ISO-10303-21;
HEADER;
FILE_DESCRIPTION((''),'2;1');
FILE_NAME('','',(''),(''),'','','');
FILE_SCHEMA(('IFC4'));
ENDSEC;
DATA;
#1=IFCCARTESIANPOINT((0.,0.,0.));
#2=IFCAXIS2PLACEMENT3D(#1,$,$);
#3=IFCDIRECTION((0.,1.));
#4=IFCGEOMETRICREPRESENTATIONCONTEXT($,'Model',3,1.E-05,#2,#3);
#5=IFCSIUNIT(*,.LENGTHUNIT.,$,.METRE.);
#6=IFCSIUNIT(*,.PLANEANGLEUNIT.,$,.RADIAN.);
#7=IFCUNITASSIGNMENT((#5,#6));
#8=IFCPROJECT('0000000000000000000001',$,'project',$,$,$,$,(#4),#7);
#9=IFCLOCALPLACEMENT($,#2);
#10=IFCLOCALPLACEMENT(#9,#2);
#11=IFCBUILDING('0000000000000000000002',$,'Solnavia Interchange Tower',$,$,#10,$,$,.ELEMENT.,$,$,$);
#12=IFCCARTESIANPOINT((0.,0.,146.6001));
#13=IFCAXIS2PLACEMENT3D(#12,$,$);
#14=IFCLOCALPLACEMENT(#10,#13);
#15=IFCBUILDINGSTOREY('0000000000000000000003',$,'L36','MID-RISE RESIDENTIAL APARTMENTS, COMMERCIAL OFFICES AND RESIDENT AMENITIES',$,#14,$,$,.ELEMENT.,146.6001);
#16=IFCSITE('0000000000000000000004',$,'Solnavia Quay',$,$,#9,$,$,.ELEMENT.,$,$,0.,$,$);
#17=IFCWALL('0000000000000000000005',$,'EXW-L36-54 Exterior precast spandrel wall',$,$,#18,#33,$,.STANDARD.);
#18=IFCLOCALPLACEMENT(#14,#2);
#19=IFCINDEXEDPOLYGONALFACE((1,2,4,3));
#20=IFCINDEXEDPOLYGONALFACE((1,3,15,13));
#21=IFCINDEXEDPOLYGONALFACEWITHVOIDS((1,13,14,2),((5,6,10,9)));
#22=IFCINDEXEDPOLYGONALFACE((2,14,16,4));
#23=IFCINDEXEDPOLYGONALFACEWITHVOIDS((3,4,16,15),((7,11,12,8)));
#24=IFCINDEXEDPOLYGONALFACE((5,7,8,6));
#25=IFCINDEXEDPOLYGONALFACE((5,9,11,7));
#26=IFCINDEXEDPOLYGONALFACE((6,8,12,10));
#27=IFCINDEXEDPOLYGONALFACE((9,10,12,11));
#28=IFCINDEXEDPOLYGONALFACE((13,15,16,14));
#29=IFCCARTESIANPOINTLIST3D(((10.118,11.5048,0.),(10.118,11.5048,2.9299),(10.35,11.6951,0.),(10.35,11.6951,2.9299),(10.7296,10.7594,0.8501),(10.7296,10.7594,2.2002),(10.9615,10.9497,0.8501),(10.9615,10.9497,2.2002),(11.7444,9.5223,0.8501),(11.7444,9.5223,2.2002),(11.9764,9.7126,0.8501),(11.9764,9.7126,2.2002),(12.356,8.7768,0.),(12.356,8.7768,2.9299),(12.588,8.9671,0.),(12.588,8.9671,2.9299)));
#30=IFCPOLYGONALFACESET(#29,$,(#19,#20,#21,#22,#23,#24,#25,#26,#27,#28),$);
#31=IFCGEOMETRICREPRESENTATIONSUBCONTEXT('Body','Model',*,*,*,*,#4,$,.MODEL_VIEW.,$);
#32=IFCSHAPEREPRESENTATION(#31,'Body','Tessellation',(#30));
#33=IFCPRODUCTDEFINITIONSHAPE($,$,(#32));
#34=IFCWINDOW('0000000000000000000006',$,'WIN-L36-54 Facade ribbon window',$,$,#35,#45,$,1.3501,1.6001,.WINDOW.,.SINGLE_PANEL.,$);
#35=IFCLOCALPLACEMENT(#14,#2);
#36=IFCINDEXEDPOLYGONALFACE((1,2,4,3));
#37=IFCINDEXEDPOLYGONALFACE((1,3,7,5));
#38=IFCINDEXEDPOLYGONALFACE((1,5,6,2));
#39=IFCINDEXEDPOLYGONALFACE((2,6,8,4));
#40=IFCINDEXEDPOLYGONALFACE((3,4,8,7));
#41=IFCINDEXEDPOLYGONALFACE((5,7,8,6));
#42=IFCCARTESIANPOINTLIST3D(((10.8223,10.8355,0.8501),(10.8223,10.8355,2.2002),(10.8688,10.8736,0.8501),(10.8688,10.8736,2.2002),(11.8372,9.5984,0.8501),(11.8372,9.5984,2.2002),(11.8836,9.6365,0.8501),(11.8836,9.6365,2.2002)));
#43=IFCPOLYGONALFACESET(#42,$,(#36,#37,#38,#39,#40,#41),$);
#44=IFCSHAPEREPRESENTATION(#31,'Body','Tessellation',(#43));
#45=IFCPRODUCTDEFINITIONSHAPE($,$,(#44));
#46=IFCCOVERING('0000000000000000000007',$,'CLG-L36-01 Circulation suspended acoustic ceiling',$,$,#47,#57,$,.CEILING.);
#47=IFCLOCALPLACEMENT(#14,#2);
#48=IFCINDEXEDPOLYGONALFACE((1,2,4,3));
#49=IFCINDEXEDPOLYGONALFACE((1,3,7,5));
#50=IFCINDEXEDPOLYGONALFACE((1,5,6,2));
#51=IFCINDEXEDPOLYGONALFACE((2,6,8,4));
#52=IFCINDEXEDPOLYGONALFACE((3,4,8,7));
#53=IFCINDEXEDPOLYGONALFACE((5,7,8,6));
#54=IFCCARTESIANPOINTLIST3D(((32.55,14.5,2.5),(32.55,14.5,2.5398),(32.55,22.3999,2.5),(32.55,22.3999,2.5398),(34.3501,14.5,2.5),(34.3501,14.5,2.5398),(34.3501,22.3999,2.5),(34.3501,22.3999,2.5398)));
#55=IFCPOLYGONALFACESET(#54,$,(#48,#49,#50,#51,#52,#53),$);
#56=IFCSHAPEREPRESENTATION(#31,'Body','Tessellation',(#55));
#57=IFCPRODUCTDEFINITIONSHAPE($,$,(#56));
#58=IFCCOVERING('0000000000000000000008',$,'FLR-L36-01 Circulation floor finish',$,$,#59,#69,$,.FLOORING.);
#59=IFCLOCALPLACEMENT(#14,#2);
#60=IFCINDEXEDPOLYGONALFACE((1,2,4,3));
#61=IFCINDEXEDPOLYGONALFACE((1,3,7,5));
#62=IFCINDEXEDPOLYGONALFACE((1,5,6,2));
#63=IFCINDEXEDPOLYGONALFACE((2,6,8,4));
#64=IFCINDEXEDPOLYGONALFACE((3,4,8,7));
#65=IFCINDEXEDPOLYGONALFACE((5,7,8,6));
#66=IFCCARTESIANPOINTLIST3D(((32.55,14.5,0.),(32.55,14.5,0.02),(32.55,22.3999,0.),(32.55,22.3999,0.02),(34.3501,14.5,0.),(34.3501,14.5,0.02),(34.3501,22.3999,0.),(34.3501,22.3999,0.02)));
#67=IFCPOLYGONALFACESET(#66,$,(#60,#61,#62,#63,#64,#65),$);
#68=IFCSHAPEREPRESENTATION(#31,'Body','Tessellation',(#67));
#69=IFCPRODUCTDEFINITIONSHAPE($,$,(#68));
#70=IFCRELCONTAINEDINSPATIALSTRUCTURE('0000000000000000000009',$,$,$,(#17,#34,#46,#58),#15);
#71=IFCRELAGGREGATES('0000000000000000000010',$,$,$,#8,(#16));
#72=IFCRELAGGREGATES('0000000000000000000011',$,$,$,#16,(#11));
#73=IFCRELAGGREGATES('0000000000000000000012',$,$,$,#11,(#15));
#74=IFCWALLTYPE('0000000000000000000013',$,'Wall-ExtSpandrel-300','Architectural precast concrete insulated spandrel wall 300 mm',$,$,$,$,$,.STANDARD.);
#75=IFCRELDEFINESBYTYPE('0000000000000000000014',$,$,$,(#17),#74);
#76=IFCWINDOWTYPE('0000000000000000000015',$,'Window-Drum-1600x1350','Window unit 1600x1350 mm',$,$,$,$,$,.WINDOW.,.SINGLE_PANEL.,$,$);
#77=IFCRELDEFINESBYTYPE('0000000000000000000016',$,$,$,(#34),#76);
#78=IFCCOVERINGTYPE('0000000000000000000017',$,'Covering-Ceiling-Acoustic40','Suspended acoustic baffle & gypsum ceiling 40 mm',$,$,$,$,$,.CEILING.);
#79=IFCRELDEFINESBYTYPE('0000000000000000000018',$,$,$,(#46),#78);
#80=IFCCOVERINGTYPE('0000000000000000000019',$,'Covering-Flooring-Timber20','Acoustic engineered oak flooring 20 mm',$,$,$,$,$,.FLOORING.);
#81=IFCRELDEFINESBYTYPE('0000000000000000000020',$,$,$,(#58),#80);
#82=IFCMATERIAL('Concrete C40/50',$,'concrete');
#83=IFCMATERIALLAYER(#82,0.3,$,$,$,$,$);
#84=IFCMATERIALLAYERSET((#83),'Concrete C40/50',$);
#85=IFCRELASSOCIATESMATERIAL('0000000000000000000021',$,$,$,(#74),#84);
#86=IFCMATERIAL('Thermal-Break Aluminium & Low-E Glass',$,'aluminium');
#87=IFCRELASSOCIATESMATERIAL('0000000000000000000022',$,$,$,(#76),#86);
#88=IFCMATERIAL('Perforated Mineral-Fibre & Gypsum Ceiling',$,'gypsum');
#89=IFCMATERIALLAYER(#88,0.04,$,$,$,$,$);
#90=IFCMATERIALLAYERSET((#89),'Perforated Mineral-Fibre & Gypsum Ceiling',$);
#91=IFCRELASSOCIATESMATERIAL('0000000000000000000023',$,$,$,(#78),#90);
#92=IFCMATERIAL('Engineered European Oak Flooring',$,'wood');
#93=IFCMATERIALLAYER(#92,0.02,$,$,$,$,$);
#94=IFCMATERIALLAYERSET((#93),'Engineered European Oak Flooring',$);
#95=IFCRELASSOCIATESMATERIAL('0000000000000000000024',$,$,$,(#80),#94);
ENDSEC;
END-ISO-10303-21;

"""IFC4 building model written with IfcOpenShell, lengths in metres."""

from ifc_helpers import new_model, si_unit, direction, frame, frame_2d, origin, place, context, subcontext, project, spatial, polyline, rectangle, outline, extrude, material, layer, layer_set, type_object, element, fill, save


model = new_model("IFC4")

# Units and contexts
model_context = context("Model", 3, precision=1e-05, world=origin(), true_north=direction((0.0, 1.0)))
body_context = subcontext(model_context, "Body", "Model", "MODEL_VIEW")
ifc_project = project(units=[si_unit("LENGTHUNIT", "METRE"), si_unit("PLANEANGLEUNIT", "RADIAN")], contexts=[model_context])

# Site, building, storey
site_placement = place(None, origin())
site = spatial("IfcSite", under=ifc_project, at=site_placement, Name="Solnavia Quay", CompositionType="ELEMENT", RefElevation=0.0)
building_placement = place(site_placement, origin())
building = spatial("IfcBuilding", under=site, at=building_placement, Name="Solnavia Interchange Tower", CompositionType="ELEMENT")
storey_placement = place(building_placement, frame((0.0, 0.0, 146.6001)))
storey = spatial("IfcBuildingStorey", under=building, at=storey_placement, Name="L36", Description="MID-RISE RESIDENTIAL APARTMENTS, COMMERCIAL OFFICES AND RESIDENT AMENITIES", CompositionType="ELEMENT", Elevation=146.6001)

# Shared definitions
ifc_material_1 = material(Name="Concrete C40/50", Category="concrete")

# Wall, opening, window
ifc_layer_1 = layer(ifc_material_1, 0.3)
ifc_layer_set_1 = layer_set([ifc_layer_1], Name="Concrete C40/50")
wall_type_1 = type_object("IfcWallType", Name="Wall-ExtSpandrel-300", Description="Architectural precast concrete insulated spandrel wall 300 mm", PredefinedType="STANDARD", material=ifc_layer_set_1)
wall_1_placement = place(storey_placement, frame((12.4719, 8.8721, 0.0), z_axis=(0.0, 0.0, 1.0), x_axis=(-0.634258, 0.773121, 0.0)))
wall_1 = element("IfcWall", 1, at=wall_1_placement, inside=storey, type_object=wall_type_1, Name="EXW-L36-54 Exterior precast spandrel wall", PredefinedType="STANDARD", context=body_context, shape_type="SweptSolid", body=[
    extrude(rectangle(XDim=3.5286, YDim=0.3, at=frame_2d((1.7642, 0.0))), origin(), (0.0, 0.0, 1.0), 2.9299),
])
opening_1_placement = place(wall_1_placement, frame((0.9641, 0.0, 0.8501)))
opening_1 = element("IfcOpeningElement", 2, at=opening_1_placement, cuts=wall_1, PredefinedType="OPENING", context=body_context, shape_type="SweptSolid", body=[
    extrude(rectangle(XDim=1.6001, YDim=1.3501, at=frame_2d((0.8, 0.675))), frame((0.0, 0.1602, 0.0), z_axis=(0.0, -1.0, 0.0), x_axis=(1.0, 0.0, 0.0)), (0.0, 0.0, 1.0), 0.3201),
])
ifc_material_2 = material(Name="Thermal-Break Aluminium & Low-E Glass", Category="aluminium")
window_type = type_object("IfcWindowType", Name="Window-Drum-1600x1350", Description="Window unit 1600x1350 mm", PartitioningType="SINGLE_PANEL", PredefinedType="WINDOW", material=ifc_material_2)
window_placement = place(opening_1_placement, origin())
window = element("IfcWindow", 3, at=window_placement, inside=storey, type_object=window_type, Name="WIN-L36-54 Facade ribbon window", OverallHeight=1.3501, OverallWidth=1.6001, PartitioningType="SINGLE_PANEL", PredefinedType="WINDOW", context=body_context, shape_type="SweptSolid", body=[
    extrude(rectangle(XDim=1.6001, YDim=1.3501, at=frame_2d((0.8, 0.675))), frame((0.0, 0.03, 0.0), z_axis=(0.0, -1.0, 0.0), x_axis=(1.0, 0.0, 0.0)), (0.0, 0.0, 1.0), 0.0601),
])
fill(opening_1, window)

# Coverings
ifc_material_3 = material(Name="Perforated Mineral-Fibre & Gypsum Ceiling", Category="gypsum")
ifc_layer_2 = layer(ifc_material_3, 0.04)
ifc_layer_set_2 = layer_set([ifc_layer_2], Name="Perforated Mineral-Fibre & Gypsum Ceiling")
covering_type_1 = type_object("IfcCoveringType", Name="Covering-Ceiling-Acoustic40", Description="Suspended acoustic baffle & gypsum ceiling 40 mm", PredefinedType="CEILING", material=ifc_layer_set_2)
covering_1_placement = place(storey_placement, frame((0.0, 0.0, 2.5)))
element("IfcCovering", 4, at=covering_1_placement, inside=storey, type_object=covering_type_1, Name="CLG-L36-01 Circulation suspended acoustic ceiling", PredefinedType="CEILING", context=body_context, shape_type="SweptSolid", body=[
    extrude(outline(polyline([(32.55, 14.5), (34.3501, 14.5), (34.3501, 22.3999), (32.55, 22.3999), (32.55, 14.5)])), origin(), (0.0, 0.0, 1.0), 0.0398),
])
ifc_material_4 = material(Name="Engineered European Oak Flooring", Category="wood")
ifc_layer_3 = layer(ifc_material_4, 0.02)
ifc_layer_set_3 = layer_set([ifc_layer_3], Name="Engineered European Oak Flooring")
covering_type_2 = type_object("IfcCoveringType", Name="Covering-Flooring-Timber20", Description="Acoustic engineered oak flooring 20 mm", PredefinedType="FLOORING", material=ifc_layer_set_3)
covering_2_placement = place(storey_placement, origin())
element("IfcCovering", 5, at=covering_2_placement, inside=storey, type_object=covering_type_2, Name="FLR-L36-01 Circulation floor finish", PredefinedType="FLOORING", context=body_context, shape_type="SweptSolid", body=[
    extrude(outline(polyline([(32.55, 14.5), (34.3501, 14.5), (34.3501, 22.3999), (32.55, 22.3999), (32.55, 14.5)])), origin(), (0.0, 0.0, 1.0), 0.02),
])

save(model, "model.ifc")
